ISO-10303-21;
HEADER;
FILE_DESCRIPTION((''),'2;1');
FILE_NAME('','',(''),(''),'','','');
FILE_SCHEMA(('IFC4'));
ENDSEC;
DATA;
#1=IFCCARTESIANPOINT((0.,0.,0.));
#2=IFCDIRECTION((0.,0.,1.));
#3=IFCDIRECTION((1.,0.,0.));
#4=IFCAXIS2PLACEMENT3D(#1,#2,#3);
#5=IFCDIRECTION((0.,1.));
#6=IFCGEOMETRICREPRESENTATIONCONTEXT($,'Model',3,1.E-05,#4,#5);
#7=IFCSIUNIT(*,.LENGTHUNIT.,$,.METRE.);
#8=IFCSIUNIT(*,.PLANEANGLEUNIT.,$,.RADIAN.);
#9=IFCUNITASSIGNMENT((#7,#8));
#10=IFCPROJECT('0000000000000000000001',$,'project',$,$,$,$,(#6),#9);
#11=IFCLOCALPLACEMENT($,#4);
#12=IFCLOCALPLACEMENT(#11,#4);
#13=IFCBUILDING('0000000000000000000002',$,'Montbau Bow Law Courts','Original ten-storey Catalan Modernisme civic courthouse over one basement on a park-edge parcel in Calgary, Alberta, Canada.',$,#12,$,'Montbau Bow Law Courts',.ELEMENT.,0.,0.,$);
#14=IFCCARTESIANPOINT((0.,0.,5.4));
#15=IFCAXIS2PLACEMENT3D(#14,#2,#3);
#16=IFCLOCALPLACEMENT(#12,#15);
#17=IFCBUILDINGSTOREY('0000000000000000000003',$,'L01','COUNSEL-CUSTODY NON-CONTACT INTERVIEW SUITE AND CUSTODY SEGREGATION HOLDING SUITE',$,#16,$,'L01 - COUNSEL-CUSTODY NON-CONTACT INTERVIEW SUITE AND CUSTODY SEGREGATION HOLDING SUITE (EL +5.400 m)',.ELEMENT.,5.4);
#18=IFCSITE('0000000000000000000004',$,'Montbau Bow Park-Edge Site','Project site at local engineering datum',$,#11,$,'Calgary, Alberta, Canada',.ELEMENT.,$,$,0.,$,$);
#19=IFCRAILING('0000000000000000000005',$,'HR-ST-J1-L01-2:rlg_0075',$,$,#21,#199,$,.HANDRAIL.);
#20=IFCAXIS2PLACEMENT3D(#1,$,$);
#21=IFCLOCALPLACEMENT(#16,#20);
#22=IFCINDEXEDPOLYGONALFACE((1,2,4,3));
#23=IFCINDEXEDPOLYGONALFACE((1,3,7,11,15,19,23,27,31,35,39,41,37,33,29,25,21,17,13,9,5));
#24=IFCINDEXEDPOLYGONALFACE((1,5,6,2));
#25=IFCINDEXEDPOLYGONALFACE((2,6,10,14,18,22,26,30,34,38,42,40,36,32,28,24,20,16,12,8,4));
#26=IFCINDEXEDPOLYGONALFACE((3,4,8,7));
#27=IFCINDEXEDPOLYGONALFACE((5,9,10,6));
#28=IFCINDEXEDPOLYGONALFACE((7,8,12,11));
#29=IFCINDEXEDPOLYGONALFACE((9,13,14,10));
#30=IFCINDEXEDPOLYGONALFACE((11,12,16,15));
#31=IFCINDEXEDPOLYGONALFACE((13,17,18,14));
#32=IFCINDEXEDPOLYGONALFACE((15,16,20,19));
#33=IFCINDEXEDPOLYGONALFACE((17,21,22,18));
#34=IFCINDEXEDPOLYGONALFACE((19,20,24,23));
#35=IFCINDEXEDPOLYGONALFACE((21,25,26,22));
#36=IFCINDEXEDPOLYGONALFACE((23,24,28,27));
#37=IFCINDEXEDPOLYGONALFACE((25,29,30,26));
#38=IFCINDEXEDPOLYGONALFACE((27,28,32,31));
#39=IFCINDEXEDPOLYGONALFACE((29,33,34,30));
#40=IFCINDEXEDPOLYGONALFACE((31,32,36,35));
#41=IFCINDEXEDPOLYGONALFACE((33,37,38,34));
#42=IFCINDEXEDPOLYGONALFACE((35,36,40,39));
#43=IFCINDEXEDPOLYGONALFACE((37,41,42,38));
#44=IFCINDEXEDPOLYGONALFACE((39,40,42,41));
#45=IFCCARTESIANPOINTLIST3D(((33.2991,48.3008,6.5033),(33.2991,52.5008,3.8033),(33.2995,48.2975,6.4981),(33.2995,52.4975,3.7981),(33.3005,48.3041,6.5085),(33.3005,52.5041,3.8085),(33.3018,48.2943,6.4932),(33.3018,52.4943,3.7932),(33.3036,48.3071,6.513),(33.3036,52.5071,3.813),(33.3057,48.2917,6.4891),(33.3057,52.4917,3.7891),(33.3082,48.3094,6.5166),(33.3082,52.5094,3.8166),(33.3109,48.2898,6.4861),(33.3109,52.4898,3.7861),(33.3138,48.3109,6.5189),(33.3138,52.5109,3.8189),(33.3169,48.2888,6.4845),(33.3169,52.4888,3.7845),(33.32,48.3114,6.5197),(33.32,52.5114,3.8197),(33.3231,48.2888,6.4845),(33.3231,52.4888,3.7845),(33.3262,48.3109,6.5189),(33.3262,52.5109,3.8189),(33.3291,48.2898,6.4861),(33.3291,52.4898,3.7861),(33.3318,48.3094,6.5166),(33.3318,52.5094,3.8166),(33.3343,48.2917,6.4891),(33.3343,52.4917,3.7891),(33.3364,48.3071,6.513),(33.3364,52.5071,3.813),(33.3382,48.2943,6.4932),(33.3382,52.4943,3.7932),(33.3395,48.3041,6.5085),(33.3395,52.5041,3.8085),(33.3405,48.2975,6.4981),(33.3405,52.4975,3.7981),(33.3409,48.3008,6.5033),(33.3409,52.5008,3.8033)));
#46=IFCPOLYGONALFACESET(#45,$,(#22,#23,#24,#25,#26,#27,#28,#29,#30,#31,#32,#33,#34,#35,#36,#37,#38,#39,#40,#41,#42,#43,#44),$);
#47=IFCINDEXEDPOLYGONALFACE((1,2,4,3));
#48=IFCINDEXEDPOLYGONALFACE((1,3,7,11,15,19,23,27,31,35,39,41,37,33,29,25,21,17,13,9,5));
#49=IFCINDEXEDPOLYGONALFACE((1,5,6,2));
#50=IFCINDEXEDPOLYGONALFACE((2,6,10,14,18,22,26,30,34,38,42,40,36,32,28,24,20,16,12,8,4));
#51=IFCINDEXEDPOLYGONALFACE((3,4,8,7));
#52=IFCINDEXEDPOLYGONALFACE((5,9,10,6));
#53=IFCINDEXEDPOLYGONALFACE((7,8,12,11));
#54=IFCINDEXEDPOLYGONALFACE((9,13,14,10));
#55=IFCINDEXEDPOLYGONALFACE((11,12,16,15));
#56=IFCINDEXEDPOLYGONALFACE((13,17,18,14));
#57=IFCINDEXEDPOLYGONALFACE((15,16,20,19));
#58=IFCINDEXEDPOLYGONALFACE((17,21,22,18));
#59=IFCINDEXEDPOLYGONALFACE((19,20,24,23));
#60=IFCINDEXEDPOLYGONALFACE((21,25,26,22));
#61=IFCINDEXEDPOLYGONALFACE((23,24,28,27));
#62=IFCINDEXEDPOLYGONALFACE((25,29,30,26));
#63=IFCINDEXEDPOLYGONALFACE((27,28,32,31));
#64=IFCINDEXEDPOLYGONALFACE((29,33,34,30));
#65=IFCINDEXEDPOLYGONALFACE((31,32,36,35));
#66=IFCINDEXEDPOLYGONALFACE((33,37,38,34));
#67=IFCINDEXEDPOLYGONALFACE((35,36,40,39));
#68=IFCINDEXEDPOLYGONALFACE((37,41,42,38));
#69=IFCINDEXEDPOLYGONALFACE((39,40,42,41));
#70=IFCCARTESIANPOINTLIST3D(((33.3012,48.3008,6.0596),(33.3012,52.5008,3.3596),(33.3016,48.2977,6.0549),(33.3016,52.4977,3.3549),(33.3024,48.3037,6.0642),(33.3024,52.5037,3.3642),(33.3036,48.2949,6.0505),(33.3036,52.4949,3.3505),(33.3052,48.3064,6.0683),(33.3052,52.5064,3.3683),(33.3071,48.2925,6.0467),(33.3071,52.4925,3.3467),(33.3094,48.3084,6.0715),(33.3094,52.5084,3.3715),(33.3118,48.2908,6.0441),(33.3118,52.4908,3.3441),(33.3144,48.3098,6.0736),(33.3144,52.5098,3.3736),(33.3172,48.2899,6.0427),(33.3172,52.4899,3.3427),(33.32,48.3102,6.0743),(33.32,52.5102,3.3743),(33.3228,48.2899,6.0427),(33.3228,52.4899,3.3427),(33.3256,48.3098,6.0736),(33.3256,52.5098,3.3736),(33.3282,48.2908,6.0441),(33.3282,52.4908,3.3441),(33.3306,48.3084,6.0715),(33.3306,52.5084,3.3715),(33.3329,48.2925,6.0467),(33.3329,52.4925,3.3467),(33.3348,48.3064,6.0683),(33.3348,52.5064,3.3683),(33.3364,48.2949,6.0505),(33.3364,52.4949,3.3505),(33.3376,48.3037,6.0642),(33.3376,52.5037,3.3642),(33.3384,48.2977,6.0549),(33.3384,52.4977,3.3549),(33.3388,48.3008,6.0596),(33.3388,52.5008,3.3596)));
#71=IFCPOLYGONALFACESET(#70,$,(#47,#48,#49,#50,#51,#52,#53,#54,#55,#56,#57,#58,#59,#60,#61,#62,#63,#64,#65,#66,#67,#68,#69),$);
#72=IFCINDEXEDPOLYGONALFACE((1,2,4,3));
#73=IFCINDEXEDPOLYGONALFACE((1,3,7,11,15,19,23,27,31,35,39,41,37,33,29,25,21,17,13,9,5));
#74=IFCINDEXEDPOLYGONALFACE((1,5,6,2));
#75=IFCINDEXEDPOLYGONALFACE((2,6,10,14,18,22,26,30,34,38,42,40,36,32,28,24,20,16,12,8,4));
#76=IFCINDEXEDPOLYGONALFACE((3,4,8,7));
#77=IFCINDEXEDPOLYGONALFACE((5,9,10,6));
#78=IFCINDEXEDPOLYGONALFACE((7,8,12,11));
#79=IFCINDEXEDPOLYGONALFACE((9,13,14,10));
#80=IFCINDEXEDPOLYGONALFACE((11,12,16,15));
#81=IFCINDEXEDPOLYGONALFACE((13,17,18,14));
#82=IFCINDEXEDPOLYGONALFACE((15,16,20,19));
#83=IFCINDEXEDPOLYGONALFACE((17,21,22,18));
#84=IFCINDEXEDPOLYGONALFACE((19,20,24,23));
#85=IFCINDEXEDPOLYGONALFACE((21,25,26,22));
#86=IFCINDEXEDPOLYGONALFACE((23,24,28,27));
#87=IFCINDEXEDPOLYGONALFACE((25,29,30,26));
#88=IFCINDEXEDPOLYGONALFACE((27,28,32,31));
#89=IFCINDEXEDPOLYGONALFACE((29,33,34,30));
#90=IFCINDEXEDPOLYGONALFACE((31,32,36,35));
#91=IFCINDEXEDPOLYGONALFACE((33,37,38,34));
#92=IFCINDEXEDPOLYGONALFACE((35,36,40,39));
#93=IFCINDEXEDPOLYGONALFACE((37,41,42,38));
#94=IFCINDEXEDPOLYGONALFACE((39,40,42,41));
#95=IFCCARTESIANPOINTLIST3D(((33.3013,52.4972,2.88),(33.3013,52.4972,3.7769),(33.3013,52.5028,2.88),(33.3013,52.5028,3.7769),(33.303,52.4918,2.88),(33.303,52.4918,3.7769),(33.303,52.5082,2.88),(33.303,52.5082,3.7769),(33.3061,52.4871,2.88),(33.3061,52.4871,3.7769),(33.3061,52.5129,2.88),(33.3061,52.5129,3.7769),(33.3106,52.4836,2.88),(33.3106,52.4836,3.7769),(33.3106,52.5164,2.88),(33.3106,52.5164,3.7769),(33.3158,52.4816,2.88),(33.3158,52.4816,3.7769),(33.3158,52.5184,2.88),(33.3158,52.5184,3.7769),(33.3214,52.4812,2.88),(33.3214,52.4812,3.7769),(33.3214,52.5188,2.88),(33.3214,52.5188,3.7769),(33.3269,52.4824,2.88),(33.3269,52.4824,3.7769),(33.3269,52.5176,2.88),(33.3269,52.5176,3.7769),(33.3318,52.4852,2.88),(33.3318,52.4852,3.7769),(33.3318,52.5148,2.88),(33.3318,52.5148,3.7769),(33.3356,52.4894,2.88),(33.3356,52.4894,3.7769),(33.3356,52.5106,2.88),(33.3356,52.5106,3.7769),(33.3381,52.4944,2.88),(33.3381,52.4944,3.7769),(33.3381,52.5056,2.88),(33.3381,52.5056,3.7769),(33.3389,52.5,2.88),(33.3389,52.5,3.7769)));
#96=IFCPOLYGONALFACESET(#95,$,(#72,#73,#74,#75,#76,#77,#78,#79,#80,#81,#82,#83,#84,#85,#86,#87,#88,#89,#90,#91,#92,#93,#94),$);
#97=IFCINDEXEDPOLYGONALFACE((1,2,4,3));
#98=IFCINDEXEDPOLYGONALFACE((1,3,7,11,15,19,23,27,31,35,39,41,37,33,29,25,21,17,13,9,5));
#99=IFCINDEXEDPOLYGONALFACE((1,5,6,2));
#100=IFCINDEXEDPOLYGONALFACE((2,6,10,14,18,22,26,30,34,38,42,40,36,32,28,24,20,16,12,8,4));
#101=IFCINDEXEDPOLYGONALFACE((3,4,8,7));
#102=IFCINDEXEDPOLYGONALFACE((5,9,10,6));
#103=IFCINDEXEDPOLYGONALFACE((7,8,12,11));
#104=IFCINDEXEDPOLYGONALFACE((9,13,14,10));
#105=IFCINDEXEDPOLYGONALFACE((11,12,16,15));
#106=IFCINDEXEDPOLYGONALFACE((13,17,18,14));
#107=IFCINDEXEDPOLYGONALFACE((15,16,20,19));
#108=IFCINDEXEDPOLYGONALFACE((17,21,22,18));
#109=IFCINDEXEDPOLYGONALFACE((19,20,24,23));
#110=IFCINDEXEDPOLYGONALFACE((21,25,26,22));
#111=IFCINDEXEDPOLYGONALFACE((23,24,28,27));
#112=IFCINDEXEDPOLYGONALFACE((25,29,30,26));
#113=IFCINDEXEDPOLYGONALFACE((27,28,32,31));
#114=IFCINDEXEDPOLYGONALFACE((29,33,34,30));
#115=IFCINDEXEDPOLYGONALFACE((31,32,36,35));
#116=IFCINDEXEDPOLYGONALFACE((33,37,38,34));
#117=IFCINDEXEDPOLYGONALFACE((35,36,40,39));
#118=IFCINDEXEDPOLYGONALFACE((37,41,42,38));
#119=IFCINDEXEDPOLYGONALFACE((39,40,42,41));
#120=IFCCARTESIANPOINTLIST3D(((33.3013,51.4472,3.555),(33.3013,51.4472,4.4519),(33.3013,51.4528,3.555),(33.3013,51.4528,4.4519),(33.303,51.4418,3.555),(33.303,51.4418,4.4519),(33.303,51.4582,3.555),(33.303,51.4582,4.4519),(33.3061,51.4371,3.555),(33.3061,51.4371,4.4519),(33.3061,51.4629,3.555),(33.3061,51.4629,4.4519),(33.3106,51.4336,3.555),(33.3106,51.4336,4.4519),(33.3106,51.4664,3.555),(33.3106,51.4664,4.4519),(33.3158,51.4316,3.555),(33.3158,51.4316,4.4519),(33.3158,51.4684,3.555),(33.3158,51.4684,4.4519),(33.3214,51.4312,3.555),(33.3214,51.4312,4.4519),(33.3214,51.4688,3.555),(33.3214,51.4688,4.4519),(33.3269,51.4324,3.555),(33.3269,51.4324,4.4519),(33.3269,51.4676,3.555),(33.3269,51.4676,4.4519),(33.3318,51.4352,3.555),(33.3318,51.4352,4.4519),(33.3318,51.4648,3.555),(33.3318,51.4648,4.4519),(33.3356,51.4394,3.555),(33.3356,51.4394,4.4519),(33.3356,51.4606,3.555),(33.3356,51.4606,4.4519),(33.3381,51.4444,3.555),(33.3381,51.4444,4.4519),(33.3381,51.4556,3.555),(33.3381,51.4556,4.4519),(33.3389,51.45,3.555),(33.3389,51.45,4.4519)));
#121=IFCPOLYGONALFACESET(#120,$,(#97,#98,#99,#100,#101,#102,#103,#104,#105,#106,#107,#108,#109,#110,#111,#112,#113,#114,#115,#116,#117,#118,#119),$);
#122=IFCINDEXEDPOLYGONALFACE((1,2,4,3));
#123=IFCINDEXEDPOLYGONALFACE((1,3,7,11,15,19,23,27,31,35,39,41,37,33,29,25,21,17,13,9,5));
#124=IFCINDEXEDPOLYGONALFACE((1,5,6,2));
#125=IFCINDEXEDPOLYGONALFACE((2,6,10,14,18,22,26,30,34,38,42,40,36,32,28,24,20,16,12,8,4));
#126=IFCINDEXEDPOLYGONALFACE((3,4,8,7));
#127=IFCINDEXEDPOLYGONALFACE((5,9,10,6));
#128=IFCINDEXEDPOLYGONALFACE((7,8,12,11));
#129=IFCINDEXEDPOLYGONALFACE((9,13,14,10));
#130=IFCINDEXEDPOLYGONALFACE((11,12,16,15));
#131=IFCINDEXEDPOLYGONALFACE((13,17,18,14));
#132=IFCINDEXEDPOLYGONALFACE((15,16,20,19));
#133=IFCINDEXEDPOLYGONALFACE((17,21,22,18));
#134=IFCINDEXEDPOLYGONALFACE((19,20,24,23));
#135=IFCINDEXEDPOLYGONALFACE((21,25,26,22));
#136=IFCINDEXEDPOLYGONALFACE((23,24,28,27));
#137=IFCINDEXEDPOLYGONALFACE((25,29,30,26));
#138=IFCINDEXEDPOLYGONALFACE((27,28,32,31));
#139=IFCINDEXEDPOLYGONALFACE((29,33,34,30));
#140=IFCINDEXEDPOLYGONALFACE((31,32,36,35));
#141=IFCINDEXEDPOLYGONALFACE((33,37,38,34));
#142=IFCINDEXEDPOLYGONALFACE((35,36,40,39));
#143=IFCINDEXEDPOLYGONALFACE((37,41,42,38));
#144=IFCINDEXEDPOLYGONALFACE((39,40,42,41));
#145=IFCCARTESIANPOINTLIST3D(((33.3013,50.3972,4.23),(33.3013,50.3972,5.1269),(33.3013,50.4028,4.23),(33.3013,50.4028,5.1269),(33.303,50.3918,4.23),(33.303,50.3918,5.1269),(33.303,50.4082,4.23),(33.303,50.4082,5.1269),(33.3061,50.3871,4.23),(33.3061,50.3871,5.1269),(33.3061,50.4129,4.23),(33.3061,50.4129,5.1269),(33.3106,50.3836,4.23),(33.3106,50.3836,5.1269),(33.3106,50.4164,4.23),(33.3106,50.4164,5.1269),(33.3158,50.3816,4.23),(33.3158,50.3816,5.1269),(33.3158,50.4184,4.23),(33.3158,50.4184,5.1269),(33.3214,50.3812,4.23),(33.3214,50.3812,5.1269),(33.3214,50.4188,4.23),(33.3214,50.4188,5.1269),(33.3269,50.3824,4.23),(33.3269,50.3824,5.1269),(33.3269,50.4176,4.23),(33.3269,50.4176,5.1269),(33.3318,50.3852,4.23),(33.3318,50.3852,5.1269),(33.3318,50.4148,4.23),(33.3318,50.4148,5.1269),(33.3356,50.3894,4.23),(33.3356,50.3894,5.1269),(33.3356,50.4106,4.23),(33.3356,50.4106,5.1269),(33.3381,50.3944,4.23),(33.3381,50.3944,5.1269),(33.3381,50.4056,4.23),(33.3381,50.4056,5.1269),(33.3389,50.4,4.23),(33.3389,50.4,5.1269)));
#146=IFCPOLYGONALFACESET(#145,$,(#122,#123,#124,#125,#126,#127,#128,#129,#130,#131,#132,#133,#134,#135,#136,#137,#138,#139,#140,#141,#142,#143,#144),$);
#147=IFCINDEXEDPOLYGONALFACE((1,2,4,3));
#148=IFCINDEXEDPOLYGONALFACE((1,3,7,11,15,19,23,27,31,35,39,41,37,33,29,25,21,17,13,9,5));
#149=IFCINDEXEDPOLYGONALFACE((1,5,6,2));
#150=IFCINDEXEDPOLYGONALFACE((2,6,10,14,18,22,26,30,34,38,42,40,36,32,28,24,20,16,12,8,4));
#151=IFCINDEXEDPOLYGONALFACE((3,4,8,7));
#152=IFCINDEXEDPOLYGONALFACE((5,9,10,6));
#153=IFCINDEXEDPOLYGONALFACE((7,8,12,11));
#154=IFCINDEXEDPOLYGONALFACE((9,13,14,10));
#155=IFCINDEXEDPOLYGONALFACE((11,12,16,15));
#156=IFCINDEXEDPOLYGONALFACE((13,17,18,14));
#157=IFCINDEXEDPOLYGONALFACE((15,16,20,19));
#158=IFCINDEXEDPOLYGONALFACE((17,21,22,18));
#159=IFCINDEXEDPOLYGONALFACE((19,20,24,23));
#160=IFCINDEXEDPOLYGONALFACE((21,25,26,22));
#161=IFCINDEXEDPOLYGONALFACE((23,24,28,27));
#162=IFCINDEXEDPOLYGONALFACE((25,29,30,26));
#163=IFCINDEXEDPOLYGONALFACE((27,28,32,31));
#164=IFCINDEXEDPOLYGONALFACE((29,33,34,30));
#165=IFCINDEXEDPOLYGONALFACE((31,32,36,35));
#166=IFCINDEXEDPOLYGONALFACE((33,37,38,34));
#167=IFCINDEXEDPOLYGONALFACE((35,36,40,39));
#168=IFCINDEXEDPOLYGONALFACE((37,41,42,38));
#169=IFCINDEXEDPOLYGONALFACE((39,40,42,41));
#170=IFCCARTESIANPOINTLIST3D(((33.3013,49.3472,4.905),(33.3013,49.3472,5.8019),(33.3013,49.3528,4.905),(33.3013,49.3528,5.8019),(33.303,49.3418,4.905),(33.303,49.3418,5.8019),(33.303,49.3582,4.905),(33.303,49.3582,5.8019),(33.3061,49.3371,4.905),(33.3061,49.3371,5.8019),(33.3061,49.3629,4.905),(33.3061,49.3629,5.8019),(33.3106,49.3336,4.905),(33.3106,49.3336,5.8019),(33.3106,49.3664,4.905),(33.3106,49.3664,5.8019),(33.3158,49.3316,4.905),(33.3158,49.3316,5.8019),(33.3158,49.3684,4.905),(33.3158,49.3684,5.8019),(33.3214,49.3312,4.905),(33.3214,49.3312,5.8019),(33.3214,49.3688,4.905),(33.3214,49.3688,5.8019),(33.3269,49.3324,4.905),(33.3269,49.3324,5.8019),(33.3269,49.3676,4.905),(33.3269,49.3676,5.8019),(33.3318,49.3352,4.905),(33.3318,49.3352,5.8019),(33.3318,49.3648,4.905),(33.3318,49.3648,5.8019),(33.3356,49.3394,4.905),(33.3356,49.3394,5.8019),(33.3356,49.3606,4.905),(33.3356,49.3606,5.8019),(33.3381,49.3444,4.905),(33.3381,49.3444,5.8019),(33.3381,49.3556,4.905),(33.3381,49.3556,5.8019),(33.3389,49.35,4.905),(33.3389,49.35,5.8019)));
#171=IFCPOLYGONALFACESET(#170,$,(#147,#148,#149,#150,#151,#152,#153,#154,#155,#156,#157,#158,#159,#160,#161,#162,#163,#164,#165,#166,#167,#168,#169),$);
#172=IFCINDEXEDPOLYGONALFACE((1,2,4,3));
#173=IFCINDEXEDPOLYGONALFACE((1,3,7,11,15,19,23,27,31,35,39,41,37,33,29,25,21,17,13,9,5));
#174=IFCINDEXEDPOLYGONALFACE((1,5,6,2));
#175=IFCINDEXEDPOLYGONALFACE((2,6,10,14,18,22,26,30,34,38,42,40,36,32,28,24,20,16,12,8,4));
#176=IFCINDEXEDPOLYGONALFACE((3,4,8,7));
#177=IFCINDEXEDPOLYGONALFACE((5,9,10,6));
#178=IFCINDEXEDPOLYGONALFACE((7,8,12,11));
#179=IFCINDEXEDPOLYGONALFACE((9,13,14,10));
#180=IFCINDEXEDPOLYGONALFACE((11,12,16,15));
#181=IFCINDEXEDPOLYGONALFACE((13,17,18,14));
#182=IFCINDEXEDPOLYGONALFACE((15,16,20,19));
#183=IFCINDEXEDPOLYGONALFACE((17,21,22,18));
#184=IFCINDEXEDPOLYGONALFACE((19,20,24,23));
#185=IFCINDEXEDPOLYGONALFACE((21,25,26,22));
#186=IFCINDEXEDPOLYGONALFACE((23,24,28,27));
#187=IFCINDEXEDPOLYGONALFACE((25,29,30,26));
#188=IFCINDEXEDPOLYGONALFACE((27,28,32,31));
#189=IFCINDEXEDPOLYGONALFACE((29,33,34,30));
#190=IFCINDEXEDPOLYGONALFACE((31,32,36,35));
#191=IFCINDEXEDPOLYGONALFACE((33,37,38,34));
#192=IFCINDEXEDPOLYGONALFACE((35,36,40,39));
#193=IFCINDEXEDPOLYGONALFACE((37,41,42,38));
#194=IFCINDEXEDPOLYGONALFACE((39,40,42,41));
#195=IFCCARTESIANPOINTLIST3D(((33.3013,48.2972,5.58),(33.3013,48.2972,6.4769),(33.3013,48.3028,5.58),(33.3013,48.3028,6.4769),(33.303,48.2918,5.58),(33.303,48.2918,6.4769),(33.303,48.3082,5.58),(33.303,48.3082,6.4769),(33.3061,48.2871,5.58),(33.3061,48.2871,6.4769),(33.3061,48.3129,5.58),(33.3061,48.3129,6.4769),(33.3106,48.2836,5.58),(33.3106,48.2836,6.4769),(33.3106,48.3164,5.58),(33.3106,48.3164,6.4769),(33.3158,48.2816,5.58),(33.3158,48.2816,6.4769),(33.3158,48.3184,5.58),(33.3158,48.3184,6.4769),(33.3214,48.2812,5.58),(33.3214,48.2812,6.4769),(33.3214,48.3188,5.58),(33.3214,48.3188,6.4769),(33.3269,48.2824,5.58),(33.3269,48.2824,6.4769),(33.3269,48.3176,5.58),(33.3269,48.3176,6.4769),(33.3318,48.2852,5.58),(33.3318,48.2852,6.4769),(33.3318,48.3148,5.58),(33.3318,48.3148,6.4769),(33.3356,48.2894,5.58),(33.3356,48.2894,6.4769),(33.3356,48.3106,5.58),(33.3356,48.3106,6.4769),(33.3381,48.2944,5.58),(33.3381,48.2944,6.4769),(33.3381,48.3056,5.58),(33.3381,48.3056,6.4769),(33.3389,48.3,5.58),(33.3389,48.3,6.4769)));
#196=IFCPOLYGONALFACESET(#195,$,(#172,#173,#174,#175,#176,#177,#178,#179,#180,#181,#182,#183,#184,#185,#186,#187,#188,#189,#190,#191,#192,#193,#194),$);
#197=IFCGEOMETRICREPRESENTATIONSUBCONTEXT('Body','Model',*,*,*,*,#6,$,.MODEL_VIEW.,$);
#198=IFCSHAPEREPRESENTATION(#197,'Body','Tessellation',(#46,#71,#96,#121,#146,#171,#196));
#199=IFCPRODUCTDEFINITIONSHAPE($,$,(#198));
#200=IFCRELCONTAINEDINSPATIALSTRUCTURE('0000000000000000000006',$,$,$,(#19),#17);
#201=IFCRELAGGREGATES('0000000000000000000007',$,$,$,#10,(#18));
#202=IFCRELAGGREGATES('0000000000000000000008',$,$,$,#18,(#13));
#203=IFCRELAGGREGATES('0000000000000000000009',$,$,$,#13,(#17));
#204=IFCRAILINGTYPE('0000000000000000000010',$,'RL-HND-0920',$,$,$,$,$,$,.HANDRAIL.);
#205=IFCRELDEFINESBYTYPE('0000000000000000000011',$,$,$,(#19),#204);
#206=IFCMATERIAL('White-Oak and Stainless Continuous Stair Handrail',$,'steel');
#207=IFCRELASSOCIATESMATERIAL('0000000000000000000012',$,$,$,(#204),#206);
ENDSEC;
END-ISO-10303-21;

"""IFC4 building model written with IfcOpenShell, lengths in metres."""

from ifc_helpers import new_model, si_unit, direction, frame, origin_with_axes, origin_2d_with_axis, place, context, subcontext, project, spatial, circle, extrude, material, type_object, element, save


model = new_model("IFC4")

# Units and contexts
model_context = context("Model", 3, precision=1e-05, world=origin_with_axes(), true_north=direction((0.0, 1.0)))
body_context = subcontext(model_context, "Body", "Model", "MODEL_VIEW")
ifc_project = project(units=[si_unit("LENGTHUNIT", "METRE"), si_unit("PLANEANGLEUNIT", "RADIAN")], contexts=[model_context])

# Site, building, storey
site_placement = place(None, origin_with_axes())
site = spatial("IfcSite", under=ifc_project, at=site_placement, Name="Montbau Bow Park-Edge Site", Description="Project site at local engineering datum", LongName="Calgary, Alberta, Canada", CompositionType="ELEMENT", RefElevation=0.0)
building_placement = place(site_placement, origin_with_axes())
building = spatial("IfcBuilding", under=site, at=building_placement, Name="Montbau Bow Law Courts", Description="Original ten-storey Catalan Modernisme civic courthouse over one basement on a park-edge parcel in Calgary, Alberta, Canada.", LongName="Montbau Bow Law Courts", CompositionType="ELEMENT", ElevationOfRefHeight=0.0, ElevationOfTerrain=0.0)
storey_placement = place(building_placement, frame((0.0, 0.0, 5.4), z_axis=(0.0, 0.0, 1.0), x_axis=(1.0, 0.0, 0.0)))
storey = spatial("IfcBuildingStorey", under=building, at=storey_placement, Name="L01", Description="COUNSEL-CUSTODY NON-CONTACT INTERVIEW SUITE AND CUSTODY SEGREGATION HOLDING SUITE", LongName="L01 - COUNSEL-CUSTODY NON-CONTACT INTERVIEW SUITE AND CUSTODY SEGREGATION HOLDING SUITE (EL +5.400 m)", CompositionType="ELEMENT", Elevation=5.4)

# Railing
ifc_material_1 = material(Name="White-Oak and Stainless Continuous Stair Handrail", Category="steel")
railing_type_1 = type_object("IfcRailingType", Name="RL-HND-0920", PredefinedType="HANDRAIL", material=ifc_material_1)
railing_1_placement = place(None, origin_with_axes())
element("IfcRailing", 1, at=railing_1_placement, inside=storey, type_object=railing_type_1, Name="HR-ST-J1-L01-2:rlg_0075", PredefinedType="HANDRAIL", context=body_context, shape_type="SweptSolid", body=[
    extrude(circle(Radius=0.021, at=origin_2d_with_axis()), frame((33.32, 52.5, 9.202), z_axis=(0.0, -0.841178, 0.540758), x_axis=(0.0, 0.540758, 0.841178)), (0.0, 0.0, 1.0), 4.993),
    extrude(circle(Radius=0.0189, at=origin_2d_with_axis()), frame((33.32, 52.5, 8.7584), z_axis=(0.0, -0.841178, 0.540758), x_axis=(0.0, 0.540758, 0.841178)), (0.0, 0.0, 1.0), 4.993),
    extrude(circle(Radius=0.0189, at=origin_2d_with_axis()), frame((33.32, 52.5, 8.28), z_axis=(0.0, 0.0, 1.0), x_axis=(1.0, 0.0, 0.0)), (0.0, 0.0, 1.0), 0.8969),
    extrude(circle(Radius=0.0189, at=origin_2d_with_axis()), frame((33.32, 51.45, 8.955), z_axis=(0.0, 0.0, 1.0), x_axis=(1.0, 0.0, 0.0)), (0.0, 0.0, 1.0), 0.8969),
    extrude(circle(Radius=0.0189, at=origin_2d_with_axis()), frame((33.32, 50.4, 9.63), z_axis=(0.0, 0.0, 1.0), x_axis=(1.0, 0.0, 0.0)), (0.0, 0.0, 1.0), 0.8969),
    extrude(circle(Radius=0.0189, at=origin_2d_with_axis()), frame((33.32, 49.35, 10.305), z_axis=(0.0, 0.0, 1.0), x_axis=(1.0, 0.0, 0.0)), (0.0, 0.0, 1.0), 0.8969),
    extrude(circle(Radius=0.0189, at=origin_2d_with_axis()), frame((33.32, 48.3, 10.98), z_axis=(0.0, 0.0, 1.0), x_axis=(1.0, 0.0, 0.0)), (0.0, 0.0, 1.0), 0.8969),
])

save(model, "model.ifc")
